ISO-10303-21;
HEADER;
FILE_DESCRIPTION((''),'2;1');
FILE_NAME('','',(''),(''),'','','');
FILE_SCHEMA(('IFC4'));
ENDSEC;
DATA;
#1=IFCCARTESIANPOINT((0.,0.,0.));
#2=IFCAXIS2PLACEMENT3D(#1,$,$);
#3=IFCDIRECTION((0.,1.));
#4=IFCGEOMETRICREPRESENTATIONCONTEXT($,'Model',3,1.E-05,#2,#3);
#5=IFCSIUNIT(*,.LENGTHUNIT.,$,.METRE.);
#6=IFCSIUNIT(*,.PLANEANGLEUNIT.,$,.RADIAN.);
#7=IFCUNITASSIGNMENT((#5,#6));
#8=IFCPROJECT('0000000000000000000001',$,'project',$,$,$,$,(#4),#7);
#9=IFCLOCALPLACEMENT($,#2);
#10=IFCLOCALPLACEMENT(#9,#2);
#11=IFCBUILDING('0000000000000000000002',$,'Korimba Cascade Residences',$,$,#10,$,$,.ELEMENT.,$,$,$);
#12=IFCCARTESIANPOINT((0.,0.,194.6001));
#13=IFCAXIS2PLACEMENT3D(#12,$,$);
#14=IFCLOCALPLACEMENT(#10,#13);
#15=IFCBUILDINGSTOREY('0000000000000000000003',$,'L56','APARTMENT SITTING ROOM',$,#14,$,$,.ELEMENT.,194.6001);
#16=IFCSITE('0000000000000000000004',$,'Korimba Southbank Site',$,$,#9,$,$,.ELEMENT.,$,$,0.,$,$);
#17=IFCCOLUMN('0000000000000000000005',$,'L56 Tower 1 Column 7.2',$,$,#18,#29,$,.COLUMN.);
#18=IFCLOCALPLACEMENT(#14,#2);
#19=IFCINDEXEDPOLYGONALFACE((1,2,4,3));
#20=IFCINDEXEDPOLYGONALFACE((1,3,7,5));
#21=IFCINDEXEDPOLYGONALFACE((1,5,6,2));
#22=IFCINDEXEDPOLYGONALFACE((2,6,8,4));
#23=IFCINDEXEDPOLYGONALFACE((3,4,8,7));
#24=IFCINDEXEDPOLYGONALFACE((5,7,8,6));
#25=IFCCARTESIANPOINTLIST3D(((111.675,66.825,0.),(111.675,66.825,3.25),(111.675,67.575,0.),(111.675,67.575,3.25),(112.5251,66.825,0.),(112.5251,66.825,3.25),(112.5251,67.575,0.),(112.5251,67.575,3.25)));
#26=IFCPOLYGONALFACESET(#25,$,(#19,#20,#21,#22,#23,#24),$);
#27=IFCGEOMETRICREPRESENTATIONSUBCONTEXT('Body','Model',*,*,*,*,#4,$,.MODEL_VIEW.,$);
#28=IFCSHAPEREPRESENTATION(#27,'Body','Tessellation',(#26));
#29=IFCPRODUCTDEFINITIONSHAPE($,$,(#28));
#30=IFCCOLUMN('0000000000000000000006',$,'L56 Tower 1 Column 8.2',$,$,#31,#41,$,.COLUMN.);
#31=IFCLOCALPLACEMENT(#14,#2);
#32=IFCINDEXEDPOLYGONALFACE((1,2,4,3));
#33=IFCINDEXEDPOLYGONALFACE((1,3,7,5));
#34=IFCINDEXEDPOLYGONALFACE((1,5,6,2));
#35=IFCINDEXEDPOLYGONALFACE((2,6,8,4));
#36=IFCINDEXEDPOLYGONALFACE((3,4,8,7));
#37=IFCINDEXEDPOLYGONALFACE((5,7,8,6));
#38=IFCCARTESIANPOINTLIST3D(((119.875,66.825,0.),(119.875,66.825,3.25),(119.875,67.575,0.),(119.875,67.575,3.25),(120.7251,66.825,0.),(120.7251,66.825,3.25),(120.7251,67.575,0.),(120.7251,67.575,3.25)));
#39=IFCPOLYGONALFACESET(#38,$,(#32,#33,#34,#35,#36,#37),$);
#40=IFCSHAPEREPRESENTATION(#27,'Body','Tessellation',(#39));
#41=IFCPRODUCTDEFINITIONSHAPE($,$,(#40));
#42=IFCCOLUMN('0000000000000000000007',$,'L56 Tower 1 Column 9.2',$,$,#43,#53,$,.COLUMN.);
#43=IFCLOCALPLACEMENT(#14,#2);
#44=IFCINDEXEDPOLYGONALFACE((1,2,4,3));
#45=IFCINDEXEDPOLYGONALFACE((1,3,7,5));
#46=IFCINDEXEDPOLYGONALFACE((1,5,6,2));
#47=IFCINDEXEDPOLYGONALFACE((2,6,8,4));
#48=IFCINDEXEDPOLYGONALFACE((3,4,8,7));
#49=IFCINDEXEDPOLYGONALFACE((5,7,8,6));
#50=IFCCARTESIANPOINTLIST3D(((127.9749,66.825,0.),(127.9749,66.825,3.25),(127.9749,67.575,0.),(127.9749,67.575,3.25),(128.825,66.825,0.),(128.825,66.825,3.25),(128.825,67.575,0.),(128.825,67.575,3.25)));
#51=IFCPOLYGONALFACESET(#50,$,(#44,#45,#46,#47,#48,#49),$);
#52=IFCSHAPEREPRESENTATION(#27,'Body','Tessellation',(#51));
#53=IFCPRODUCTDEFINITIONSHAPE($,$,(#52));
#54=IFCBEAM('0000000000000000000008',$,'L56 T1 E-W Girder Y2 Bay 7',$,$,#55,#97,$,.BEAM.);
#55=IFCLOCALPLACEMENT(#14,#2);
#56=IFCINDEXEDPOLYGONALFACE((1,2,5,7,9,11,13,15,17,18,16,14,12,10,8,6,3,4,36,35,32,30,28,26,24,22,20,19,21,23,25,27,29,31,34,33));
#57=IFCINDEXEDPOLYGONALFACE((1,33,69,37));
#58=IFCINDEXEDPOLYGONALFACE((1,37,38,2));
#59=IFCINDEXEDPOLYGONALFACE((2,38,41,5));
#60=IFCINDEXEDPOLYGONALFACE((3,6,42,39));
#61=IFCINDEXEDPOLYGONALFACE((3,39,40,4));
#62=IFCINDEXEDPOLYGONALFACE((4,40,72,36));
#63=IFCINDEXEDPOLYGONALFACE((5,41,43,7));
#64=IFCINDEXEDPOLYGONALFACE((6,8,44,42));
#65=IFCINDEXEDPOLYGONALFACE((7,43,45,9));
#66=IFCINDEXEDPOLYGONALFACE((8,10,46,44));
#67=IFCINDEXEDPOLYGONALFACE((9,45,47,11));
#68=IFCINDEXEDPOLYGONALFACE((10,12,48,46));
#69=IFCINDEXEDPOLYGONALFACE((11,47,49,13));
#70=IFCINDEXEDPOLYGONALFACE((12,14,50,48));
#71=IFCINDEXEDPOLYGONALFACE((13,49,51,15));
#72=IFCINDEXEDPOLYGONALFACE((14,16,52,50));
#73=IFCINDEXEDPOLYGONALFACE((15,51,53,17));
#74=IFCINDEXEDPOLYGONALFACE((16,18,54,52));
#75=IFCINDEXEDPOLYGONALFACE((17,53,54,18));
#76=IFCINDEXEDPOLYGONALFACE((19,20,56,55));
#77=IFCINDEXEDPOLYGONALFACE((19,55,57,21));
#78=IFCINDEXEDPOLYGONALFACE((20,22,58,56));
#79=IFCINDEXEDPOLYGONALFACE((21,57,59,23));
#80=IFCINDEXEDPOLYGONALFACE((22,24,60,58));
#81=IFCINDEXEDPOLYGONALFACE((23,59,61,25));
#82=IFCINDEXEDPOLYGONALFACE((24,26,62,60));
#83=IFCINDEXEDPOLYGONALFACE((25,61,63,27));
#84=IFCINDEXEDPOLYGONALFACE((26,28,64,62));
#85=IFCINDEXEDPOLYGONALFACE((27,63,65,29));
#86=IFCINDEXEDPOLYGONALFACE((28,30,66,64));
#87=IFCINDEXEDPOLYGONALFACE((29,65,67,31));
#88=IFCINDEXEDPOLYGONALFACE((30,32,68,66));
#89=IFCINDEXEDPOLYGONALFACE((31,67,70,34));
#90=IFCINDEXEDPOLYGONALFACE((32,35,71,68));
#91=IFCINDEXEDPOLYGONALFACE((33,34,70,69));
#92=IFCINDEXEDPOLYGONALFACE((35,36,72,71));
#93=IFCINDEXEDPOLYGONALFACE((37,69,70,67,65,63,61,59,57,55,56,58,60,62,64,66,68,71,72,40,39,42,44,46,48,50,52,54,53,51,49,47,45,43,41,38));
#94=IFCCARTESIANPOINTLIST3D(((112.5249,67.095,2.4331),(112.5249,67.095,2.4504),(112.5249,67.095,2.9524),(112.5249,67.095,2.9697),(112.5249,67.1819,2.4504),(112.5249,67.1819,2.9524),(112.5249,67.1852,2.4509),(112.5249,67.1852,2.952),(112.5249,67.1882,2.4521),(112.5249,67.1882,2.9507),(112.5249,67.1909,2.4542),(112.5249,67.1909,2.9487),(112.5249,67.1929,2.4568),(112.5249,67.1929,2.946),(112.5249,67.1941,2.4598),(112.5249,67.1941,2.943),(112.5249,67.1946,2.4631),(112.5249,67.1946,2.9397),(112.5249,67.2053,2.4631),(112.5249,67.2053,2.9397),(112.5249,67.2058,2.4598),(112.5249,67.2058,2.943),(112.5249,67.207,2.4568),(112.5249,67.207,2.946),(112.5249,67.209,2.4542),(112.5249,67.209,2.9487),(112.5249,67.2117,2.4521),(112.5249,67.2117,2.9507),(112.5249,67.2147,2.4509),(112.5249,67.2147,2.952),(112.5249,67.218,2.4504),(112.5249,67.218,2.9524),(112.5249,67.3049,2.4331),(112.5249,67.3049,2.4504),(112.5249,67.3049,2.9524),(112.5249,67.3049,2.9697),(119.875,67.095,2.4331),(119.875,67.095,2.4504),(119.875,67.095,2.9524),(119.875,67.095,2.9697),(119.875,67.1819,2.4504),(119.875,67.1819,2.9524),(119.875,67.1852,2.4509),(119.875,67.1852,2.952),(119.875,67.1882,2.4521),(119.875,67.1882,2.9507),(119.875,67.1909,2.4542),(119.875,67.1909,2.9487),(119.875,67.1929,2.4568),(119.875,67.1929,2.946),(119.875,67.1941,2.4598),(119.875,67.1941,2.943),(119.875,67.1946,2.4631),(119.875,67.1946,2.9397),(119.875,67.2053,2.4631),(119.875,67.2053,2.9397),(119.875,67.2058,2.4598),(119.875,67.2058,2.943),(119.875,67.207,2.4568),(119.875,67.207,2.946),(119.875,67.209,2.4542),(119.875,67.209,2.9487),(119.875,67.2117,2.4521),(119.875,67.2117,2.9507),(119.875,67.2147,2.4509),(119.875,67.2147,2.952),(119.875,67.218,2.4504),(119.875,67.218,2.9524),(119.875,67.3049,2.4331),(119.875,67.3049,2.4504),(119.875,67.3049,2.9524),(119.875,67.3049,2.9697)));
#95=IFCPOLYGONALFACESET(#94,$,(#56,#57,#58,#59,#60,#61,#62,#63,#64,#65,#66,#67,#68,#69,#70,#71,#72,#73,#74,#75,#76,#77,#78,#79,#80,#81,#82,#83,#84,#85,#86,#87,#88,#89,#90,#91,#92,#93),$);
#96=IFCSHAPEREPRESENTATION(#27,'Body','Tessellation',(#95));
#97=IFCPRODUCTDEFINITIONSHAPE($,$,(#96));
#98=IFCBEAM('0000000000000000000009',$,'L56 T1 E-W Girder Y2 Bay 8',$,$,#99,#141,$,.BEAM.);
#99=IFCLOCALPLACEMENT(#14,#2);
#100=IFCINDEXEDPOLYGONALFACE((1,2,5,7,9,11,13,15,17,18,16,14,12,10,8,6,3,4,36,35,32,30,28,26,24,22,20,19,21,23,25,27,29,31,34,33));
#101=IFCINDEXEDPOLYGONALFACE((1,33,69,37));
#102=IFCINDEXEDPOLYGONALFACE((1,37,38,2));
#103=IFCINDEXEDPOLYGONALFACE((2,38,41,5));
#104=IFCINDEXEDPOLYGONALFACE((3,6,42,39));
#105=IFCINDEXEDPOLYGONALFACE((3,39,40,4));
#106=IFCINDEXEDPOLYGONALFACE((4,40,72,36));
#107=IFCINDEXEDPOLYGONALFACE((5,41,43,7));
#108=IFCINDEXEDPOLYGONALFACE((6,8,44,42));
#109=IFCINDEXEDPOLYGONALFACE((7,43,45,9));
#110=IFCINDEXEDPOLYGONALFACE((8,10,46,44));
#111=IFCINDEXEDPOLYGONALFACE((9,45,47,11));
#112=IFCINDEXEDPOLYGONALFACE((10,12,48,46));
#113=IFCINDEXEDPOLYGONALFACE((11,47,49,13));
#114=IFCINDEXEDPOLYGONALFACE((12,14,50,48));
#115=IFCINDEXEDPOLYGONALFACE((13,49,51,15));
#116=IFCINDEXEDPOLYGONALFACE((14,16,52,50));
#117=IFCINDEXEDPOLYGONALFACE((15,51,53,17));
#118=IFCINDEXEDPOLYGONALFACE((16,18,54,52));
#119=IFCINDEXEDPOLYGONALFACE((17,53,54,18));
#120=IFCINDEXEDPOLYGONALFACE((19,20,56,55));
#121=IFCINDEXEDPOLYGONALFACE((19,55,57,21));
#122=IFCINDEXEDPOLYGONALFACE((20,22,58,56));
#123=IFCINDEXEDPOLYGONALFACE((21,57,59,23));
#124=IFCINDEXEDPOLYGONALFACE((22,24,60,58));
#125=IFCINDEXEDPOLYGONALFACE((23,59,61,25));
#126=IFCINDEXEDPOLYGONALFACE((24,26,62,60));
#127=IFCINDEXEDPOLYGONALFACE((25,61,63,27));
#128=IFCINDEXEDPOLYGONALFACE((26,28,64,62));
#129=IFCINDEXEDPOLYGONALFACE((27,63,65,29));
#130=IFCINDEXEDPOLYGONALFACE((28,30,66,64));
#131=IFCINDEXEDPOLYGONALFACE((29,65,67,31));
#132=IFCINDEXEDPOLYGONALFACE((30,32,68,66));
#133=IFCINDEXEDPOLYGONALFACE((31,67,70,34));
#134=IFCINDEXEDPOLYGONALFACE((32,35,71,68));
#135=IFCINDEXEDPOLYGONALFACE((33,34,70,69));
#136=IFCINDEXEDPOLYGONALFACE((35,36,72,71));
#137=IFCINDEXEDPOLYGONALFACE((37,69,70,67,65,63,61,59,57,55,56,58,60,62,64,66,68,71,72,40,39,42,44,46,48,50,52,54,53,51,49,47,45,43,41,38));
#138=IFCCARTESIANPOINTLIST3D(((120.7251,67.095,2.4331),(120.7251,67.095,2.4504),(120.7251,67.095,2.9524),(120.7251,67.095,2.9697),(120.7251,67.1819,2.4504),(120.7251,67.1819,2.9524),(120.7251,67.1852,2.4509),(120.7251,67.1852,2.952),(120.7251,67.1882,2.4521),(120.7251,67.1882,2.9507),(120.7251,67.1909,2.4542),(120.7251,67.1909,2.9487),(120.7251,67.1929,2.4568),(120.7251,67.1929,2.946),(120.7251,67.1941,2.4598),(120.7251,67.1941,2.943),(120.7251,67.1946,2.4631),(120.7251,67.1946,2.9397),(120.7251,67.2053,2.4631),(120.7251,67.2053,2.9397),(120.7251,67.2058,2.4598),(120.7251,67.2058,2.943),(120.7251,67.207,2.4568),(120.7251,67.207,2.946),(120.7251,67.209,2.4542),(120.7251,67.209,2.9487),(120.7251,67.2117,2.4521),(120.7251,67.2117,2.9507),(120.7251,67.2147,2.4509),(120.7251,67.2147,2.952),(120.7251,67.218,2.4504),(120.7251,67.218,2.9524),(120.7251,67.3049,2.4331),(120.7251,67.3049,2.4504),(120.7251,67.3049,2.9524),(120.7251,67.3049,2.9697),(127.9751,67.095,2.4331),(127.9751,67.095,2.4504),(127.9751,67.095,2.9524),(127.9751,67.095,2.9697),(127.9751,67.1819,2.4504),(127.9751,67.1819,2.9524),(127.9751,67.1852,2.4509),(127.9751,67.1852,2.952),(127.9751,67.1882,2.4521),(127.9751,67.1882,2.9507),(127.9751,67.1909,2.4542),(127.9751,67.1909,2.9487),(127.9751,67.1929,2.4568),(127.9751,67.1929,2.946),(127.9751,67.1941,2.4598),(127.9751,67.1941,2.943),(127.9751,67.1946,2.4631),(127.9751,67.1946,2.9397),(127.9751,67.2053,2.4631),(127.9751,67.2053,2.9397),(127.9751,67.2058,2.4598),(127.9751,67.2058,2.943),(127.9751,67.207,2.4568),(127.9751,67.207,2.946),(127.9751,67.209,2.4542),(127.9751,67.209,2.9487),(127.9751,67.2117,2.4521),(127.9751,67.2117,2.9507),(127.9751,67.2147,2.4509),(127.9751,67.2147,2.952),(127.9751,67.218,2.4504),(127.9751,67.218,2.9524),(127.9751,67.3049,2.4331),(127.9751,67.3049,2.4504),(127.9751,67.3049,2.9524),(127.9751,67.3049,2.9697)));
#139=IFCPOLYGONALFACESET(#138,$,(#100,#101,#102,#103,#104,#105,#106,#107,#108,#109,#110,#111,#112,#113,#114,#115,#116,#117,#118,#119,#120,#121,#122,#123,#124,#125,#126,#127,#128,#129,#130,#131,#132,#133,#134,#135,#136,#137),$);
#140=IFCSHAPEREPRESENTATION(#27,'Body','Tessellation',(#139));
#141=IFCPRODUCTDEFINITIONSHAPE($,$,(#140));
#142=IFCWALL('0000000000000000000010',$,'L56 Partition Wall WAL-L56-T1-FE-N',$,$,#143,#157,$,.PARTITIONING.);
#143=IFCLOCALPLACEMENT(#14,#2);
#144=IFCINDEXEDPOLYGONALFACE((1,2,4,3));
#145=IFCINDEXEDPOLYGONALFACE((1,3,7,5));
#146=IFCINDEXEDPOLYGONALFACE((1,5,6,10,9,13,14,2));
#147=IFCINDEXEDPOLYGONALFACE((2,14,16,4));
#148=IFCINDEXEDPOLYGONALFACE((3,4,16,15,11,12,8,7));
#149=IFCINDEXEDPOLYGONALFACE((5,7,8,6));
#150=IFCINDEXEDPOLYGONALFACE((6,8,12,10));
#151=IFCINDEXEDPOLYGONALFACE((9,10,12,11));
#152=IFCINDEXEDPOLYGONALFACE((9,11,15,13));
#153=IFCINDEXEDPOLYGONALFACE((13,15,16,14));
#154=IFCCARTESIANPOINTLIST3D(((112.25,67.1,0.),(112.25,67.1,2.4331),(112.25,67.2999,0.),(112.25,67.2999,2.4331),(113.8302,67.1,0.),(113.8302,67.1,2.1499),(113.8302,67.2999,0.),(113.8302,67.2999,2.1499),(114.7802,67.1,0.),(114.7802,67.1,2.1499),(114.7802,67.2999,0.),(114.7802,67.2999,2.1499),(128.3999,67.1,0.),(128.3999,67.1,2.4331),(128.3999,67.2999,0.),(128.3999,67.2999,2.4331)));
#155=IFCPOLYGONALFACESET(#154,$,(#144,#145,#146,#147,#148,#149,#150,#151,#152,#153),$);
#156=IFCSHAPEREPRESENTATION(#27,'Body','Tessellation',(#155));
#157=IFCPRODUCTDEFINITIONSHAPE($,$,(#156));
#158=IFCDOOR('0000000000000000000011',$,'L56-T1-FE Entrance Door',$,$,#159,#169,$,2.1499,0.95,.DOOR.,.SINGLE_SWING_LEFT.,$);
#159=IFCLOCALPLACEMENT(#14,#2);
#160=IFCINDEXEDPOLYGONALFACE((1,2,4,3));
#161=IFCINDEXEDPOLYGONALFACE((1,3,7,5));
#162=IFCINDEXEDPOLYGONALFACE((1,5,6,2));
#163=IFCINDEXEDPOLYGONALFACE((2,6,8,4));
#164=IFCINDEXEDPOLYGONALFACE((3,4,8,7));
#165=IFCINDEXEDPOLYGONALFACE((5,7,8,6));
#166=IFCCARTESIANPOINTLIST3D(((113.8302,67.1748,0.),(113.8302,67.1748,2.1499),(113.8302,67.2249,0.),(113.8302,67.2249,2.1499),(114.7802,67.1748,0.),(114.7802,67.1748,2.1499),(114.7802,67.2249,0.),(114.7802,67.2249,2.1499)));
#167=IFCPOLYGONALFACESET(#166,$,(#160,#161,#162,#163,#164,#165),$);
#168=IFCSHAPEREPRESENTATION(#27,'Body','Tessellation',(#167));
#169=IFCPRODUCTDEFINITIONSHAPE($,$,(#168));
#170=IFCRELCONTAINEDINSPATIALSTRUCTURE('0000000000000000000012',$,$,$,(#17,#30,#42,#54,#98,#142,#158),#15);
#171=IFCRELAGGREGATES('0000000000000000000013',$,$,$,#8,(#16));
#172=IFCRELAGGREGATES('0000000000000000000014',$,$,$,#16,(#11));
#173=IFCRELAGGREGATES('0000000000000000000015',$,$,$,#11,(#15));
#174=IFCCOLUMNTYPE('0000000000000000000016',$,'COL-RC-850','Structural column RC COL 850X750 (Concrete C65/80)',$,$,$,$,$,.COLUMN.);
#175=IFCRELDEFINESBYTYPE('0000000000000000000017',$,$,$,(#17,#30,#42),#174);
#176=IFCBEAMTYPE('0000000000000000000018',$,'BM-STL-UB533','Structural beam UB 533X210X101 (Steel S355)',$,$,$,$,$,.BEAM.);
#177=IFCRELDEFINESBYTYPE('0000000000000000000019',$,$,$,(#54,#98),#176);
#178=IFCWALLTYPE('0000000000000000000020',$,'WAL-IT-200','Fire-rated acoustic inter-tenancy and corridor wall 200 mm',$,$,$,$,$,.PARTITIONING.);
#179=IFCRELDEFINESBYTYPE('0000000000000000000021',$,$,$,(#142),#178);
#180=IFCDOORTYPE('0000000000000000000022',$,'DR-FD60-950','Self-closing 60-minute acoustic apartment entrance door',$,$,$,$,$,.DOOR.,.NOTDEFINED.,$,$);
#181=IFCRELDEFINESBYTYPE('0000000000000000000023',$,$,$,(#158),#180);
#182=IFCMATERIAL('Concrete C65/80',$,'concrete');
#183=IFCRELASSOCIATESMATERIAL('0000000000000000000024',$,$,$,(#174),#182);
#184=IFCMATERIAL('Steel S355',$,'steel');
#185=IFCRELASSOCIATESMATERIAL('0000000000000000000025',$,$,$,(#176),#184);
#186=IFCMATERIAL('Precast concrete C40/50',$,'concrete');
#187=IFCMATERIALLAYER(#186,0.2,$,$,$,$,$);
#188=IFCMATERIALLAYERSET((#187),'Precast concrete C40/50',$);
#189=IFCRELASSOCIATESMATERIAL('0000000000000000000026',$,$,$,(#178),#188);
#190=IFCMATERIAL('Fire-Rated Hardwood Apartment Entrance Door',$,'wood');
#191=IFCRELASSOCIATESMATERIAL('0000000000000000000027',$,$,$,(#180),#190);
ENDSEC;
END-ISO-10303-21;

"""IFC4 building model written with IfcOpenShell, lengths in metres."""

from ifc_helpers import new_model, si_unit, direction, frame, frame_2d, origin, origin_2d, place, context, subcontext, project, spatial, rectangle, i_section, extrude, material, layer, layer_set, material_profile, profile_set, type_object, element, fill, save


model = new_model("IFC4")

# Units and contexts
model_context = context("Model", 3, precision=1e-05, world=origin(), true_north=direction((0.0, 1.0)))
body_context = subcontext(model_context, "Body", "Model", "MODEL_VIEW")
ifc_project = project(units=[si_unit("LENGTHUNIT", "METRE"), si_unit("PLANEANGLEUNIT", "RADIAN")], contexts=[model_context])

# Site, building, storey
site_placement = place(None, origin())
site = spatial("IfcSite", under=ifc_project, at=site_placement, Name="Korimba Southbank Site", CompositionType="ELEMENT", RefElevation=0.0)
building_placement = place(site_placement, origin())
building = spatial("IfcBuilding", under=site, at=building_placement, Name="Korimba Cascade Residences", CompositionType="ELEMENT")
storey_placement = place(building_placement, frame((0.0, 0.0, 194.6001)))
storey = spatial("IfcBuildingStorey", under=building, at=storey_placement, Name="L56", Description="APARTMENT SITTING ROOM", CompositionType="ELEMENT", Elevation=194.6001)

# Columns
ifc_material_1 = material(Name="Concrete C65/80", Category="concrete")
ifc_material_profile_1 = material_profile(ifc_material_1, rectangle(XDim=0.8501, YDim=0.75, at=origin_2d()), Name="Concrete C65/80")
ifc_profile_set_1 = profile_set([ifc_material_profile_1], Name="Concrete C65/80")
column_type = type_object("IfcColumnType", Name="COL-RC-850", Description="Structural column RC COL 850X750 (Concrete C65/80)", PredefinedType="COLUMN", material=ifc_profile_set_1)
for number, where, z_axis, x_axis, name in (
    (1, (112.1001, 67.2, 0.0), (0.0, 0.0, 1.0), (1.0, 0.0, 0.0), "L56 Tower 1 Column 7.2"),
    (2, (120.3, 67.2, 0.0), (0.0, 0.0, 1.0), (1.0, 0.0, 0.0), "L56 Tower 1 Column 8.2"),
    (3, (128.3999, 67.2, 0.0), (0.0, 0.0, 1.0), (1.0, 0.0, 0.0), "L56 Tower 1 Column 9.2"),
):
    element("IfcColumn", number, at=place(storey_placement, frame(where, z_axis=z_axis, x_axis=x_axis)), inside=storey, type_object=column_type, Name=name, PredefinedType="COLUMN", context=body_context, shape_type="SweptSolid", body=[
        extrude(rectangle(XDim=0.8501, YDim=0.75, at=origin_2d()), origin(), (0.0, 0.0, 1.0), 3.25),
    ])

# Beams
ifc_material_2 = material(Name="Steel S355", Category="steel")
ifc_material_profile_2 = material_profile(ifc_material_2, i_section(OverallWidth=0.21, OverallDepth=0.5366, WebThickness=0.0107, FlangeThickness=0.0173, FilletRadius=0.0127, at=origin_2d()), Name="Steel S355")
ifc_profile_set_2 = profile_set([ifc_material_profile_2], Name="Steel S355")
beam_type = type_object("IfcBeamType", Name="BM-STL-UB533", Description="Structural beam UB 533X210X101 (Steel S355)", PredefinedType="BEAM", material=ifc_profile_set_2)
beam_1_placement = place(storey_placement, frame((112.5249, 67.2, 2.7014), z_axis=(1.0, 0.0, 0.0), x_axis=(0.0, 1.0, 0.0)))
element("IfcBeam", 4, at=beam_1_placement, inside=storey, type_object=beam_type, Name="L56 T1 E-W Girder Y2 Bay 7", PredefinedType="BEAM", context=body_context, shape_type="SweptSolid", body=[
    extrude(i_section(OverallWidth=0.21, OverallDepth=0.5366, WebThickness=0.0107, FlangeThickness=0.0173, FilletRadius=0.0127, at=origin_2d()), origin(), (0.0, 0.0, 1.0), 7.3501),
])
beam_2_placement = place(storey_placement, frame((120.7251, 67.2, 2.7014), z_axis=(1.0, 0.0, 0.0), x_axis=(0.0, 1.0, 0.0)))
element("IfcBeam", 5, at=beam_2_placement, inside=storey, type_object=beam_type, Name="L56 T1 E-W Girder Y2 Bay 8", PredefinedType="BEAM", context=body_context, shape_type="SweptSolid", body=[
    extrude(i_section(OverallWidth=0.21, OverallDepth=0.5366, WebThickness=0.0107, FlangeThickness=0.0173, FilletRadius=0.0127, at=origin_2d()), origin(), (0.0, 0.0, 1.0), 7.25),
])

# Wall, opening, door
ifc_material_3 = material(Name="Precast concrete C40/50", Category="concrete")
ifc_layer_1 = layer(ifc_material_3, 0.2)
ifc_layer_set_1 = layer_set([ifc_layer_1], Name="Precast concrete C40/50")
wall_type_1 = type_object("IfcWallType", Name="WAL-IT-200", Description="Fire-rated acoustic inter-tenancy and corridor wall 200 mm", PredefinedType="PARTITIONING", material=ifc_layer_set_1)
wall_1_placement = place(storey_placement, frame((112.25, 67.2, 0.0), z_axis=(0.0, 0.0, 1.0), x_axis=(1.0, 0.0, 0.0)))
wall_1 = element("IfcWall", 6, at=wall_1_placement, inside=storey, type_object=wall_type_1, Name="L56 Partition Wall WAL-L56-T1-FE-N", PredefinedType="PARTITIONING", context=body_context, shape_type="SweptSolid", body=[
    extrude(rectangle(XDim=16.1499, YDim=0.2, at=frame_2d((8.075, 0.0))), origin(), (0.0, 0.0, 1.0), 2.4331),
])
opening_1_placement = place(wall_1_placement, frame((1.5801, 0.0, 0.0)))
opening_1 = element("IfcOpeningElement", 7, at=opening_1_placement, cuts=wall_1, PredefinedType="OPENING", context=body_context, shape_type="SweptSolid", body=[
    extrude(rectangle(XDim=0.95, YDim=2.1499, at=frame_2d((0.4751, 1.075))), frame((0.0, 0.1099, 0.0), z_axis=(0.0, -1.0, 0.0), x_axis=(1.0, 0.0, 0.0)), (0.0, 0.0, 1.0), 0.22),
])
ifc_material_4 = material(Name="Fire-Rated Hardwood Apartment Entrance Door", Category="wood")
door_type_1 = type_object("IfcDoorType", Name="DR-FD60-950", Description="Self-closing 60-minute acoustic apartment entrance door", OperationType="NOTDEFINED", PredefinedType="DOOR", material=ifc_material_4)
door_1_placement = place(opening_1_placement, origin())
door_1 = element("IfcDoor", 8, at=door_1_placement, inside=storey, type_object=door_type_1, Name="L56-T1-FE Entrance Door", OperationType="SINGLE_SWING_LEFT", OverallHeight=2.1499, OverallWidth=0.95, PredefinedType="DOOR", context=body_context, shape_type="SweptSolid", body=[
    extrude(rectangle(XDim=0.95, YDim=2.1499, at=frame_2d((0.4751, 1.075))), frame((0.0, 0.0249, 0.0), z_axis=(0.0, -1.0, 0.0), x_axis=(1.0, 0.0, 0.0)), (0.0, 0.0, 1.0), 0.05),
])
fill(opening_1, door_1)

save(model, "model.ifc")
